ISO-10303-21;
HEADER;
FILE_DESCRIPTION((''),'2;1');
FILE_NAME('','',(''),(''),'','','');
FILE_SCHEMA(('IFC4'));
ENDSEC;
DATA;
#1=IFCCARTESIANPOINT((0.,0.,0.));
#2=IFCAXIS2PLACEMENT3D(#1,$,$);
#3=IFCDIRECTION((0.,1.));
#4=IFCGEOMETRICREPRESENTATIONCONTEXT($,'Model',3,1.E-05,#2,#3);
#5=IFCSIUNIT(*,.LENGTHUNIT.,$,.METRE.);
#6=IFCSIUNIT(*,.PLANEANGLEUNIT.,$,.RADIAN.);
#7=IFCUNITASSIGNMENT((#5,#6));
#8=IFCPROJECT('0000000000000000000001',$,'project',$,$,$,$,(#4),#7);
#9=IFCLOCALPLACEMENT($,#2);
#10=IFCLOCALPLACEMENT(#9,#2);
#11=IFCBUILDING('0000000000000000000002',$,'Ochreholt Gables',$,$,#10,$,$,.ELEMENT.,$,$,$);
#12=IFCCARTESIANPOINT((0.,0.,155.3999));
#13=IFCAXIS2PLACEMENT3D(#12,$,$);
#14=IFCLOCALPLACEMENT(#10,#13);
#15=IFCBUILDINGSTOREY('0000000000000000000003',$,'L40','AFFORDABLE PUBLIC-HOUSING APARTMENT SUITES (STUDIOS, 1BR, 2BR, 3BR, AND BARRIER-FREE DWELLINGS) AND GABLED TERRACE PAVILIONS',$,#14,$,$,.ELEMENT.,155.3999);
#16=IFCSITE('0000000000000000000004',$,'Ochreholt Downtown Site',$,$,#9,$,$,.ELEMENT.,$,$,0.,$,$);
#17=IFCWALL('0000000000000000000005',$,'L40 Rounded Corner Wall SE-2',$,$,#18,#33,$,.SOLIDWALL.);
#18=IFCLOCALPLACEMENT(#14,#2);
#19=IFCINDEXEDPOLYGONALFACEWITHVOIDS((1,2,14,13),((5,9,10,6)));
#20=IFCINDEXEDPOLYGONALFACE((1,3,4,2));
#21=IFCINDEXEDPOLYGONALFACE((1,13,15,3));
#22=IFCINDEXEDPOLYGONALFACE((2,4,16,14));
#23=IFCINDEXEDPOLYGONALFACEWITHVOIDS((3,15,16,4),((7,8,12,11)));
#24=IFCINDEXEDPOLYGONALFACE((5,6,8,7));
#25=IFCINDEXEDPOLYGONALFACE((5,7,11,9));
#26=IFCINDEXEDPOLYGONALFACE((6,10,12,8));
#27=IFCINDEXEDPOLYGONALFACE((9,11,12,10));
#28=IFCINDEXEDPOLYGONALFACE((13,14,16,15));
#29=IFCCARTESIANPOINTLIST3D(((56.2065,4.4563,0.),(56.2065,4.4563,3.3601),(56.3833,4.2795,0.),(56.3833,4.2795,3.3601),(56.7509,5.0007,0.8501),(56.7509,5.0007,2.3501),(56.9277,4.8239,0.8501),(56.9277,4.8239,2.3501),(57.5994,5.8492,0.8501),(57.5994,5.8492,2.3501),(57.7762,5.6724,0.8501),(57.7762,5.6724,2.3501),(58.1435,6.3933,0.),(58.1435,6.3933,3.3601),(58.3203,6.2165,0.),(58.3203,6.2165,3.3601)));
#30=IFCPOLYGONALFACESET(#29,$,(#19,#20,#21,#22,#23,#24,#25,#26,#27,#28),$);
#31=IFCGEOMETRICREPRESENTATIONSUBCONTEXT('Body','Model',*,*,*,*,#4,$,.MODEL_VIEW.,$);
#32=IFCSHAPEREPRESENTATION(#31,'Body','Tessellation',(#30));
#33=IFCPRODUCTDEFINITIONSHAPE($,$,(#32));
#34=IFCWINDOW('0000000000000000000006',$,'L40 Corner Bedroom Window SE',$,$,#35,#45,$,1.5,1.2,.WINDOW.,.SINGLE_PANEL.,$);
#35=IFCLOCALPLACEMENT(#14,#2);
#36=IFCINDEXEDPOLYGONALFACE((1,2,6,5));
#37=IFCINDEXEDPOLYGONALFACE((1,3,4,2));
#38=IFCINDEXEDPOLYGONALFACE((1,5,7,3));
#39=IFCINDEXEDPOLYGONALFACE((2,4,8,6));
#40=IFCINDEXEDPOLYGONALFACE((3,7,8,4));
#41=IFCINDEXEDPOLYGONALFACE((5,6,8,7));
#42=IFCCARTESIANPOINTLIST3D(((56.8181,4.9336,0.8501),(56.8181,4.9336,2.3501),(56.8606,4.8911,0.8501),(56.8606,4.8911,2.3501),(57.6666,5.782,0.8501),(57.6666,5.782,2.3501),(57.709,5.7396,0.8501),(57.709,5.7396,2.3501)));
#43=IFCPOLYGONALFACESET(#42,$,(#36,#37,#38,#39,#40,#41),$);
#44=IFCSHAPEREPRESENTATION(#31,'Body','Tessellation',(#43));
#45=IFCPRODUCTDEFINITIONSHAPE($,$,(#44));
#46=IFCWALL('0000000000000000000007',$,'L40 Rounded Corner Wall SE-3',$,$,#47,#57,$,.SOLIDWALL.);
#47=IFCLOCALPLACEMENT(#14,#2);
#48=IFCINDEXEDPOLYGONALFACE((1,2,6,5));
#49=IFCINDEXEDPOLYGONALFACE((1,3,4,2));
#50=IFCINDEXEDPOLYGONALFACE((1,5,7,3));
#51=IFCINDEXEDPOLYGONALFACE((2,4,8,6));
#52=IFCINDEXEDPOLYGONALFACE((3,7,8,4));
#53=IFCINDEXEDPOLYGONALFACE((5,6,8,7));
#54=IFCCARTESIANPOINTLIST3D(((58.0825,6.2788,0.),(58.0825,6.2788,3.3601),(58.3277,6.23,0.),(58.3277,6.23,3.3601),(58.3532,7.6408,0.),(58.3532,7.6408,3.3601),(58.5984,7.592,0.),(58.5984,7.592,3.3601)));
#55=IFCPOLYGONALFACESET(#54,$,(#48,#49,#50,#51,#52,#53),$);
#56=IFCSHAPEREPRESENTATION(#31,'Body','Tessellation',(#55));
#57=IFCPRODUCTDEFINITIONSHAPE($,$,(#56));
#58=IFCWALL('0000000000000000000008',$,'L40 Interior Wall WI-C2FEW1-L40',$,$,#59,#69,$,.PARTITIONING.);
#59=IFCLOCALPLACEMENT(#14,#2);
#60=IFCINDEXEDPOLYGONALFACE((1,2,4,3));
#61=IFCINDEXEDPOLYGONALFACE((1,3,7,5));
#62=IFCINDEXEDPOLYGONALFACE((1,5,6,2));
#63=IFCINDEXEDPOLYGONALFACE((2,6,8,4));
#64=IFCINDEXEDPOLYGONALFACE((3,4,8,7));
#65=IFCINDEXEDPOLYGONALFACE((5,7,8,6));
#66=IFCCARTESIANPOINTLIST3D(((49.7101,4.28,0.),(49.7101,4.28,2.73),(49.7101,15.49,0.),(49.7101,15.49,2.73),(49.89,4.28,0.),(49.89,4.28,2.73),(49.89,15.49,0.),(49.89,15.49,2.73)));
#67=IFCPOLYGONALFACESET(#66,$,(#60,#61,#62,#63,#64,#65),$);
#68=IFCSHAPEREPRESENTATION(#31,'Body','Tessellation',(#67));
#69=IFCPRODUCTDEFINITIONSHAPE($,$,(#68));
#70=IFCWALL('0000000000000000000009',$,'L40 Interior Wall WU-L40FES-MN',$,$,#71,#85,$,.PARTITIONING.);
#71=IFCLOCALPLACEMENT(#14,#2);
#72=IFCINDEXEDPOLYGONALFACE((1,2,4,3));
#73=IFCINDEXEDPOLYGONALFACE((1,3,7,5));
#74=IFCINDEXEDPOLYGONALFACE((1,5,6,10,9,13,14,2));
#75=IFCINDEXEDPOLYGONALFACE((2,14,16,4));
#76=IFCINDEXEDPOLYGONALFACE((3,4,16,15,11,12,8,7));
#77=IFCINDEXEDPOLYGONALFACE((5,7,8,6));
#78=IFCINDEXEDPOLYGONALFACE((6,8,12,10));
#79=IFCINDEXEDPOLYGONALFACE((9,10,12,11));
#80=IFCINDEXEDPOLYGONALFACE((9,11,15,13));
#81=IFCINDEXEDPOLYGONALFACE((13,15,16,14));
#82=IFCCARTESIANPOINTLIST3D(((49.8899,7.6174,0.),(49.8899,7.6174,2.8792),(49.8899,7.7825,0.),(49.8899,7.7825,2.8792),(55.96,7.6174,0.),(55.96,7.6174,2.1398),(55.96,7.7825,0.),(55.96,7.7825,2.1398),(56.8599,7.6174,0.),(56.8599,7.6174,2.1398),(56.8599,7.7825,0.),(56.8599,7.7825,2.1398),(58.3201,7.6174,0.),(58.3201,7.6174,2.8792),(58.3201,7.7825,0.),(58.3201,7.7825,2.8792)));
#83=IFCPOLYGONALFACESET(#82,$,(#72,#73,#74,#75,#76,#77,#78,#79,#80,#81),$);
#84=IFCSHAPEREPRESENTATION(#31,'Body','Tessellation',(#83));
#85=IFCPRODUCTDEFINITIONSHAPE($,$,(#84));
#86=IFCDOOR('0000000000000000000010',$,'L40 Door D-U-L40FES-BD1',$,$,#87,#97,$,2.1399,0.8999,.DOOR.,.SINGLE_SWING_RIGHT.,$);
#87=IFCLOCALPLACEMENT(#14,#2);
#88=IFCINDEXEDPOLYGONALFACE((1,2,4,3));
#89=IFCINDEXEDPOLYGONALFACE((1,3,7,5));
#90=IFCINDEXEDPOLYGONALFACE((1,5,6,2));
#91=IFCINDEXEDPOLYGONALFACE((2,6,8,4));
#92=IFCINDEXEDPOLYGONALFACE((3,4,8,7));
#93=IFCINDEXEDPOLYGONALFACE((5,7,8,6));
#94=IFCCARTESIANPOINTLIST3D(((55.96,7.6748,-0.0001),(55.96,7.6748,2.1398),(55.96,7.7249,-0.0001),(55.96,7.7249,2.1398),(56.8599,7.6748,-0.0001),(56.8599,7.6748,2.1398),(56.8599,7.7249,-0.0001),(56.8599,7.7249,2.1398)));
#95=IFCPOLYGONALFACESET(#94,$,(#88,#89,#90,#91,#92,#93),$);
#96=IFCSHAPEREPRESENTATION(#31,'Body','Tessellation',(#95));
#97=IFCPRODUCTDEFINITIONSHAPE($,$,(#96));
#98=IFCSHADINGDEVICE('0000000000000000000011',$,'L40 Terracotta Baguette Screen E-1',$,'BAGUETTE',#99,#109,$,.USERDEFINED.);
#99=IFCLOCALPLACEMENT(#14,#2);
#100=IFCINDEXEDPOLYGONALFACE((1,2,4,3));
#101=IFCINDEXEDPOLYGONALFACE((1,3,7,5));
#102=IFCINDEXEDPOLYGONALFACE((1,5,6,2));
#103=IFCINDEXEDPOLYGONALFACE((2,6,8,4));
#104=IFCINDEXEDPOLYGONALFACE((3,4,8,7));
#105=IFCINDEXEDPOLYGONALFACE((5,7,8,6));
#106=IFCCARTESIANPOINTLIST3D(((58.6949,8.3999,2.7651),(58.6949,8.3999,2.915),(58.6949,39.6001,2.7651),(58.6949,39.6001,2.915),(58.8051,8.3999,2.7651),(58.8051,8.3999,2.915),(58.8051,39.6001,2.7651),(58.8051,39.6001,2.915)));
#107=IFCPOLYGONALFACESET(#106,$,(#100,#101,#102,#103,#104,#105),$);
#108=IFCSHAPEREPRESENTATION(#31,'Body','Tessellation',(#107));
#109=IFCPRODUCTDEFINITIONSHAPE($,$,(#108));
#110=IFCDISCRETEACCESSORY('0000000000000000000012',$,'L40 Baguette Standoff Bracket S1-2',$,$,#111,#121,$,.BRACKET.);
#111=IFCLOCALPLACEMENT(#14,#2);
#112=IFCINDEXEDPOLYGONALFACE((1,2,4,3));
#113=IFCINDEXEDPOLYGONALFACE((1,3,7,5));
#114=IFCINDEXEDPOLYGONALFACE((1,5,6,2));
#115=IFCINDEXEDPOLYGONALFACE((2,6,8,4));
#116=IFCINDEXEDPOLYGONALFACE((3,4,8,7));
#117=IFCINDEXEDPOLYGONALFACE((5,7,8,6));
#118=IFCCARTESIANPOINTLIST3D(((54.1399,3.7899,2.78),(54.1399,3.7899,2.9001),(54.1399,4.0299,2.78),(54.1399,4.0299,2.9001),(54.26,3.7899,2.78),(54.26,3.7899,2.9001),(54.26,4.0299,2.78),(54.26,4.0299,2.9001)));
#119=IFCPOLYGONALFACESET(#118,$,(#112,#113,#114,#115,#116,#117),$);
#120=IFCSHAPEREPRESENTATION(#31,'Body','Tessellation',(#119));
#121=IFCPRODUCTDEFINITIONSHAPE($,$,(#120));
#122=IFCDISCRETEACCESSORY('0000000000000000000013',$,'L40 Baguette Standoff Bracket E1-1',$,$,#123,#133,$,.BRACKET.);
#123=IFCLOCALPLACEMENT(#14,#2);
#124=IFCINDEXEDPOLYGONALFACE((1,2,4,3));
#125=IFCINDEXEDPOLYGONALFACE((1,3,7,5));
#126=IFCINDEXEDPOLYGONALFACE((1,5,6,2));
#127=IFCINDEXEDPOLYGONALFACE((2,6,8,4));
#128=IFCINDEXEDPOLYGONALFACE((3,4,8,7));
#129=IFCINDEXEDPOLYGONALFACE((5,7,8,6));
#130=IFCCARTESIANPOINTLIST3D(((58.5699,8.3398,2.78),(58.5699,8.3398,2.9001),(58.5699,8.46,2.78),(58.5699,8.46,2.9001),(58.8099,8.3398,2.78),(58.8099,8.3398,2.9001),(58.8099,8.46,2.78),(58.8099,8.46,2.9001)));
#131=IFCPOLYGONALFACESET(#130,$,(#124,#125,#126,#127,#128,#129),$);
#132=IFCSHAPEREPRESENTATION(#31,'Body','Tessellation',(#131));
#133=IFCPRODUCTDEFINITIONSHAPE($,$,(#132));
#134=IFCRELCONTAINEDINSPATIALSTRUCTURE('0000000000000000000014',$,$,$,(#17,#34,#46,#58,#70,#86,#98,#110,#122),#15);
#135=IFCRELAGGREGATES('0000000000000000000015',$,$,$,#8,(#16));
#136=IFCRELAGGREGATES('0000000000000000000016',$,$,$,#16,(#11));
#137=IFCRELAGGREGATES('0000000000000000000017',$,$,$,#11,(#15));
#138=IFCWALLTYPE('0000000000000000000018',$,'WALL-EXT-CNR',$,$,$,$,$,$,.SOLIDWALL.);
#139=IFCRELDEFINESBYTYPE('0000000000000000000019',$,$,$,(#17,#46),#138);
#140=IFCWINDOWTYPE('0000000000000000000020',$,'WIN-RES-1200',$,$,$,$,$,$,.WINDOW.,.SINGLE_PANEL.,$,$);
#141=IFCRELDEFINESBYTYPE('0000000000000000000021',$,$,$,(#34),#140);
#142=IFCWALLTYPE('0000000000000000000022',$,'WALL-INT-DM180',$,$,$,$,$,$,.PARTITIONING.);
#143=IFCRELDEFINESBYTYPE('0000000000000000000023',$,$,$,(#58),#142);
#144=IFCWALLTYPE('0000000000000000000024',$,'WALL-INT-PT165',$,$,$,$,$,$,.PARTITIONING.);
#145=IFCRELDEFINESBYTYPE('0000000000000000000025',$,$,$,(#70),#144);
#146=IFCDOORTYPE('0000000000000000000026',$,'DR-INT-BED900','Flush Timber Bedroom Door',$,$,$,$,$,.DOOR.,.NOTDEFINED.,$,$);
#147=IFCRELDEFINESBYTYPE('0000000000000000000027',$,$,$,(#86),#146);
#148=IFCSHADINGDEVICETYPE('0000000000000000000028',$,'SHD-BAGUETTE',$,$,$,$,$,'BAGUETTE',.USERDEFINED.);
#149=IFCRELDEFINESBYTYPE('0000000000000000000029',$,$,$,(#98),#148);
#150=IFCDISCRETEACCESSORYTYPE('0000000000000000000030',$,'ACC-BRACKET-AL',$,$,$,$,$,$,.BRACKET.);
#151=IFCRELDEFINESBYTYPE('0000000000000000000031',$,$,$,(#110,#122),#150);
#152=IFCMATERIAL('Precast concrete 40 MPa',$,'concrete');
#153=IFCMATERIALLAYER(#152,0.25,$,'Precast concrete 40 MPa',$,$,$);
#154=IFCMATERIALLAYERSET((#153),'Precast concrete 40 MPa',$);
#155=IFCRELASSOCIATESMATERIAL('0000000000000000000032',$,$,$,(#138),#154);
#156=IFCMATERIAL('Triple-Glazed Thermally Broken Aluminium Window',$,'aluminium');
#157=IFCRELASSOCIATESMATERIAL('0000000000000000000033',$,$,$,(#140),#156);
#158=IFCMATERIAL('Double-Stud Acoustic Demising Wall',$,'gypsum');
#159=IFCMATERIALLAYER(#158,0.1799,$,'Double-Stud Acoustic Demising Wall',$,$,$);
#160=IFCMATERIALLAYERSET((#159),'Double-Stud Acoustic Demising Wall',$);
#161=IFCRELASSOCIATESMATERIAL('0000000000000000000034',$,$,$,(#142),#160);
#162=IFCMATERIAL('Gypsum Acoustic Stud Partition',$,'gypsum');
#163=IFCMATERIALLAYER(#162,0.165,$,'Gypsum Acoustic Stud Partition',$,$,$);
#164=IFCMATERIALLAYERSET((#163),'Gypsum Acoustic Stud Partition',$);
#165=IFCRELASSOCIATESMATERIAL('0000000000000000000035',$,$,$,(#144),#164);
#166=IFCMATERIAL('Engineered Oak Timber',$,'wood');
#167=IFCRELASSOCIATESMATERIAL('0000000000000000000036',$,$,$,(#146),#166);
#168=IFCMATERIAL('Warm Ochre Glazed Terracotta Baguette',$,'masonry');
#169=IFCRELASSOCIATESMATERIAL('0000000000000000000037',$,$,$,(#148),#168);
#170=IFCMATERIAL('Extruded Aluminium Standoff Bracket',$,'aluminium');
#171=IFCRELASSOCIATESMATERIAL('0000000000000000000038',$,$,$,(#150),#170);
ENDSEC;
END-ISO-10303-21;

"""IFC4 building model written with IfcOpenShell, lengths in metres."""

from ifc_helpers import new_model, si_unit, direction, frame, frame_2d, origin, origin_2d, place, context, subcontext, project, spatial, rectangle, extrude, material, layer, layer_set, material_profile, profile_set, type_object, element, fill, save


model = new_model("IFC4")

# Units and contexts
model_context = context("Model", 3, precision=1e-05, world=origin(), true_north=direction((0.0, 1.0)))
body_context = subcontext(model_context, "Body", "Model", "MODEL_VIEW")
ifc_project = project(units=[si_unit("LENGTHUNIT", "METRE"), si_unit("PLANEANGLEUNIT", "RADIAN")], contexts=[model_context])

# Site, building, storey
site_placement = place(None, origin())
site = spatial("IfcSite", under=ifc_project, at=site_placement, Name="Ochreholt Downtown Site", CompositionType="ELEMENT", RefElevation=0.0)
building_placement = place(site_placement, origin())
building = spatial("IfcBuilding", under=site, at=building_placement, Name="Ochreholt Gables", CompositionType="ELEMENT")
storey_placement = place(building_placement, frame((0.0, 0.0, 155.3999)))
storey = spatial("IfcBuildingStorey", under=building, at=storey_placement, Name="L40", Description="AFFORDABLE PUBLIC-HOUSING APARTMENT SUITES (STUDIOS, 1BR, 2BR, 3BR, AND BARRIER-FREE DWELLINGS) AND GABLED TERRACE PAVILIONS", CompositionType="ELEMENT", Elevation=155.3999)

# Shared definitions
ifc_material_1 = material(Name="Precast concrete 40 MPa", Category="concrete")
ifc_material_2 = material(Name="Triple-Glazed Thermally Broken Aluminium Window", Category="aluminium")

# Shared definitions
ifc_layer_1 = layer(ifc_material_1, 0.25, Name="Precast concrete 40 MPa")
ifc_layer_set_1 = layer_set([ifc_layer_1], Name="Precast concrete 40 MPa")
wall_type_1 = type_object("IfcWallType", Name="WALL-EXT-CNR", PredefinedType="SOLIDWALL", material=ifc_layer_set_1)

# Wall, opening, window
wall_1_placement = place(storey_placement, frame((56.2949, 4.3679, 0.0), z_axis=(0.0, 0.0, 1.0), x_axis=(0.707107, 0.707107, 0.0)))
wall_1 = element("IfcWall", 1, at=wall_1_placement, inside=storey, type_object=wall_type_1, Name="L40 Rounded Corner Wall SE-2", PredefinedType="SOLIDWALL", context=body_context, shape_type="SweptSolid", body=[
    extrude(rectangle(XDim=2.7393, YDim=0.25, at=frame_2d((1.3696, 0.0))), origin(), (0.0, 0.0, 1.0), 3.3601),
])
opening_1_placement = place(wall_1_placement, frame((0.7698, 0.0, 0.8501)))
opening_1 = element("IfcOpeningElement", 2, at=opening_1_placement, cuts=wall_1, PredefinedType="OPENING", context=body_context, shape_type="SweptSolid", body=[
    extrude(rectangle(XDim=1.2, YDim=1.5, at=frame_2d((0.6001, 0.75))), frame((0.0, 0.135, 0.0), z_axis=(0.0, -1.0, 0.0), x_axis=(1.0, 0.0, 0.0)), (0.0, 0.0, 1.0), 0.27),
])
window_type_1 = type_object("IfcWindowType", Name="WIN-RES-1200", PartitioningType="SINGLE_PANEL", PredefinedType="WINDOW", material=ifc_material_2)
window_1_placement = place(opening_1_placement, origin())
window_1 = element("IfcWindow", 3, at=window_1_placement, inside=storey, type_object=window_type_1, Name="L40 Corner Bedroom Window SE", OverallHeight=1.5, OverallWidth=1.2, PartitioningType="SINGLE_PANEL", PredefinedType="WINDOW", context=body_context, shape_type="SweptSolid", body=[
    extrude(rectangle(XDim=1.2, YDim=1.5, at=frame_2d((0.6001, 0.75))), frame((0.0, 0.03, 0.0), z_axis=(0.0, -1.0, 0.0), x_axis=(1.0, 0.0, 0.0)), (0.0, 0.0, 1.0), 0.0601),
])
fill(opening_1, window_1)

# Walls
wall_2_placement = place(storey_placement, frame((58.2051, 6.2544, 0.0), z_axis=(0.0, 0.0, 1.0), x_axis=(0.194967, 0.98081, 0.0)))
element("IfcWall", 4, at=wall_2_placement, inside=storey, type_object=wall_type_1, Name="L40 Rounded Corner Wall SE-3", PredefinedType="SOLIDWALL", context=body_context, shape_type="SweptSolid", body=[
    extrude(rectangle(XDim=1.3887, YDim=0.25, at=frame_2d((0.6943, 0.0))), origin(), (0.0, 0.0, 1.0), 3.3601),
])
ifc_material_3 = material(Name="Double-Stud Acoustic Demising Wall", Category="gypsum")
ifc_layer_2 = layer(ifc_material_3, 0.1799, Name="Double-Stud Acoustic Demising Wall")
ifc_layer_set_2 = layer_set([ifc_layer_2], Name="Double-Stud Acoustic Demising Wall")
wall_type_2 = type_object("IfcWallType", Name="WALL-INT-DM180", PredefinedType="PARTITIONING", material=ifc_layer_set_2)
wall_3_placement = place(storey_placement, frame((49.8, 4.28, 0.0), z_axis=(0.0, 0.0, 1.0), x_axis=(0.0, 1.0, 0.0)))
element("IfcWall", 5, at=wall_3_placement, inside=storey, type_object=wall_type_2, Name="L40 Interior Wall WI-C2FEW1-L40", PredefinedType="PARTITIONING", context=body_context, shape_type="SweptSolid", body=[
    extrude(rectangle(XDim=11.21, YDim=0.1799, at=frame_2d((5.605, 0.0))), origin(), (0.0, 0.0, 1.0), 2.73),
])

# Shared definitions
ifc_material_4 = material(Name="Engineered Oak Timber", Category="wood")

# Wall, opening, door
ifc_material_5 = material(Name="Gypsum Acoustic Stud Partition", Category="gypsum")
ifc_layer_3 = layer(ifc_material_5, 0.165, Name="Gypsum Acoustic Stud Partition")
ifc_layer_set_3 = layer_set([ifc_layer_3], Name="Gypsum Acoustic Stud Partition")
wall_type_3 = type_object("IfcWallType", Name="WALL-INT-PT165", PredefinedType="PARTITIONING", material=ifc_layer_set_3)
wall_4_placement = place(storey_placement, frame((49.8899, 7.7, 0.0), z_axis=(0.0, 0.0, 1.0), x_axis=(1.0, 0.0, 0.0)))
wall_4 = element("IfcWall", 6, at=wall_4_placement, inside=storey, type_object=wall_type_3, Name="L40 Interior Wall WU-L40FES-MN", PredefinedType="PARTITIONING", context=body_context, shape_type="SweptSolid", body=[
    extrude(rectangle(XDim=8.4302, YDim=0.165, at=frame_2d((4.2151, 0.0))), origin(), (0.0, 0.0, 1.0), 2.8792),
])
opening_2_placement = place(wall_4_placement, frame((6.0701, 0.0, 0.0)))
opening_2 = element("IfcOpeningElement", 7, at=opening_2_placement, cuts=wall_4, PredefinedType="OPENING", context=body_context, shape_type="SweptSolid", body=[
    extrude(rectangle(XDim=0.8999, YDim=2.1399, at=frame_2d((0.45, 1.0698))), frame((0.0, 0.0925, 0.0), z_axis=(0.0, -1.0, 0.0), x_axis=(1.0, 0.0, 0.0)), (0.0, 0.0, 1.0), 0.1851),
])
door_type_1 = type_object("IfcDoorType", Name="DR-INT-BED900", Description="Flush Timber Bedroom Door", OperationType="NOTDEFINED", PredefinedType="DOOR", material=ifc_material_4)
door_1_placement = place(opening_2_placement, origin())
door_1 = element("IfcDoor", 8, at=door_1_placement, inside=storey, type_object=door_type_1, Name="L40 Door D-U-L40FES-BD1", OperationType="SINGLE_SWING_RIGHT", OverallHeight=2.1399, OverallWidth=0.8999, PredefinedType="DOOR", context=body_context, shape_type="SweptSolid", body=[
    extrude(rectangle(XDim=0.8999, YDim=2.1399, at=frame_2d((0.45, 1.0698))), frame((0.0, 0.0249, 0.0), z_axis=(0.0, -1.0, 0.0), x_axis=(1.0, 0.0, 0.0)), (0.0, 0.0, 1.0), 0.05),
])
fill(opening_2, door_1)

# Shading device
ifc_material_6 = material(Name="Warm Ochre Glazed Terracotta Baguette", Category="masonry")
ifc_material_profile_1 = material_profile(ifc_material_6, rectangle(XDim=0.1101, YDim=0.1499, at=origin_2d()), Name="TCBAG110X150")
ifc_profile_set_1 = profile_set([ifc_material_profile_1], Name="Warm Ochre Glazed Terracotta Baguette")
shading_device_type = type_object("IfcShadingDeviceType", Name="SHD-BAGUETTE", ElementType="BAGUETTE", PredefinedType="USERDEFINED", material=ifc_profile_set_1)
shading_device_placement = place(storey_placement, frame((58.75, 8.3999, 2.8401), z_axis=(0.0, 1.0, 0.0), x_axis=(-1.0, 0.0, 0.0)))
element("IfcShadingDevice", 9, at=shading_device_placement, inside=storey, type_object=shading_device_type, Name="L40 Terracotta Baguette Screen E-1", ObjectType="BAGUETTE", PredefinedType="USERDEFINED", context=body_context, shape_type="SweptSolid", body=[
    extrude(rectangle(XDim=0.1101, YDim=0.1499, at=origin_2d()), origin(), (0.0, 0.0, 1.0), 31.2002),
])

# Discrete accessories
ifc_material_7 = material(Name="Extruded Aluminium Standoff Bracket", Category="aluminium")
discrete_accessory_type = type_object("IfcDiscreteAccessoryType", Name="ACC-BRACKET-AL", PredefinedType="BRACKET", material=ifc_material_7)
for number, where, z_axis, x_axis, name in (
    (10, (54.2, 3.9099, 2.78), (0.0, 0.0, 1.0), (1.0, 0.0, 0.0), "L40 Baguette Standoff Bracket S1-2"),
    (11, (58.6899, 8.3999, 2.78), (0.0, 0.0, 1.0), (0.0, 1.0, 0.0), "L40 Baguette Standoff Bracket E1-1"),
):
    element("IfcDiscreteAccessory", number, at=place(storey_placement, frame(where, z_axis=z_axis, x_axis=x_axis)), inside=storey, type_object=discrete_accessory_type, Name=name, PredefinedType="BRACKET", context=body_context, shape_type="SweptSolid", body=[
        extrude(rectangle(XDim=0.1201, YDim=0.24, at=origin_2d()), origin(), (0.0, 0.0, 1.0), 0.1201),
    ])

save(model, "model.ifc")
